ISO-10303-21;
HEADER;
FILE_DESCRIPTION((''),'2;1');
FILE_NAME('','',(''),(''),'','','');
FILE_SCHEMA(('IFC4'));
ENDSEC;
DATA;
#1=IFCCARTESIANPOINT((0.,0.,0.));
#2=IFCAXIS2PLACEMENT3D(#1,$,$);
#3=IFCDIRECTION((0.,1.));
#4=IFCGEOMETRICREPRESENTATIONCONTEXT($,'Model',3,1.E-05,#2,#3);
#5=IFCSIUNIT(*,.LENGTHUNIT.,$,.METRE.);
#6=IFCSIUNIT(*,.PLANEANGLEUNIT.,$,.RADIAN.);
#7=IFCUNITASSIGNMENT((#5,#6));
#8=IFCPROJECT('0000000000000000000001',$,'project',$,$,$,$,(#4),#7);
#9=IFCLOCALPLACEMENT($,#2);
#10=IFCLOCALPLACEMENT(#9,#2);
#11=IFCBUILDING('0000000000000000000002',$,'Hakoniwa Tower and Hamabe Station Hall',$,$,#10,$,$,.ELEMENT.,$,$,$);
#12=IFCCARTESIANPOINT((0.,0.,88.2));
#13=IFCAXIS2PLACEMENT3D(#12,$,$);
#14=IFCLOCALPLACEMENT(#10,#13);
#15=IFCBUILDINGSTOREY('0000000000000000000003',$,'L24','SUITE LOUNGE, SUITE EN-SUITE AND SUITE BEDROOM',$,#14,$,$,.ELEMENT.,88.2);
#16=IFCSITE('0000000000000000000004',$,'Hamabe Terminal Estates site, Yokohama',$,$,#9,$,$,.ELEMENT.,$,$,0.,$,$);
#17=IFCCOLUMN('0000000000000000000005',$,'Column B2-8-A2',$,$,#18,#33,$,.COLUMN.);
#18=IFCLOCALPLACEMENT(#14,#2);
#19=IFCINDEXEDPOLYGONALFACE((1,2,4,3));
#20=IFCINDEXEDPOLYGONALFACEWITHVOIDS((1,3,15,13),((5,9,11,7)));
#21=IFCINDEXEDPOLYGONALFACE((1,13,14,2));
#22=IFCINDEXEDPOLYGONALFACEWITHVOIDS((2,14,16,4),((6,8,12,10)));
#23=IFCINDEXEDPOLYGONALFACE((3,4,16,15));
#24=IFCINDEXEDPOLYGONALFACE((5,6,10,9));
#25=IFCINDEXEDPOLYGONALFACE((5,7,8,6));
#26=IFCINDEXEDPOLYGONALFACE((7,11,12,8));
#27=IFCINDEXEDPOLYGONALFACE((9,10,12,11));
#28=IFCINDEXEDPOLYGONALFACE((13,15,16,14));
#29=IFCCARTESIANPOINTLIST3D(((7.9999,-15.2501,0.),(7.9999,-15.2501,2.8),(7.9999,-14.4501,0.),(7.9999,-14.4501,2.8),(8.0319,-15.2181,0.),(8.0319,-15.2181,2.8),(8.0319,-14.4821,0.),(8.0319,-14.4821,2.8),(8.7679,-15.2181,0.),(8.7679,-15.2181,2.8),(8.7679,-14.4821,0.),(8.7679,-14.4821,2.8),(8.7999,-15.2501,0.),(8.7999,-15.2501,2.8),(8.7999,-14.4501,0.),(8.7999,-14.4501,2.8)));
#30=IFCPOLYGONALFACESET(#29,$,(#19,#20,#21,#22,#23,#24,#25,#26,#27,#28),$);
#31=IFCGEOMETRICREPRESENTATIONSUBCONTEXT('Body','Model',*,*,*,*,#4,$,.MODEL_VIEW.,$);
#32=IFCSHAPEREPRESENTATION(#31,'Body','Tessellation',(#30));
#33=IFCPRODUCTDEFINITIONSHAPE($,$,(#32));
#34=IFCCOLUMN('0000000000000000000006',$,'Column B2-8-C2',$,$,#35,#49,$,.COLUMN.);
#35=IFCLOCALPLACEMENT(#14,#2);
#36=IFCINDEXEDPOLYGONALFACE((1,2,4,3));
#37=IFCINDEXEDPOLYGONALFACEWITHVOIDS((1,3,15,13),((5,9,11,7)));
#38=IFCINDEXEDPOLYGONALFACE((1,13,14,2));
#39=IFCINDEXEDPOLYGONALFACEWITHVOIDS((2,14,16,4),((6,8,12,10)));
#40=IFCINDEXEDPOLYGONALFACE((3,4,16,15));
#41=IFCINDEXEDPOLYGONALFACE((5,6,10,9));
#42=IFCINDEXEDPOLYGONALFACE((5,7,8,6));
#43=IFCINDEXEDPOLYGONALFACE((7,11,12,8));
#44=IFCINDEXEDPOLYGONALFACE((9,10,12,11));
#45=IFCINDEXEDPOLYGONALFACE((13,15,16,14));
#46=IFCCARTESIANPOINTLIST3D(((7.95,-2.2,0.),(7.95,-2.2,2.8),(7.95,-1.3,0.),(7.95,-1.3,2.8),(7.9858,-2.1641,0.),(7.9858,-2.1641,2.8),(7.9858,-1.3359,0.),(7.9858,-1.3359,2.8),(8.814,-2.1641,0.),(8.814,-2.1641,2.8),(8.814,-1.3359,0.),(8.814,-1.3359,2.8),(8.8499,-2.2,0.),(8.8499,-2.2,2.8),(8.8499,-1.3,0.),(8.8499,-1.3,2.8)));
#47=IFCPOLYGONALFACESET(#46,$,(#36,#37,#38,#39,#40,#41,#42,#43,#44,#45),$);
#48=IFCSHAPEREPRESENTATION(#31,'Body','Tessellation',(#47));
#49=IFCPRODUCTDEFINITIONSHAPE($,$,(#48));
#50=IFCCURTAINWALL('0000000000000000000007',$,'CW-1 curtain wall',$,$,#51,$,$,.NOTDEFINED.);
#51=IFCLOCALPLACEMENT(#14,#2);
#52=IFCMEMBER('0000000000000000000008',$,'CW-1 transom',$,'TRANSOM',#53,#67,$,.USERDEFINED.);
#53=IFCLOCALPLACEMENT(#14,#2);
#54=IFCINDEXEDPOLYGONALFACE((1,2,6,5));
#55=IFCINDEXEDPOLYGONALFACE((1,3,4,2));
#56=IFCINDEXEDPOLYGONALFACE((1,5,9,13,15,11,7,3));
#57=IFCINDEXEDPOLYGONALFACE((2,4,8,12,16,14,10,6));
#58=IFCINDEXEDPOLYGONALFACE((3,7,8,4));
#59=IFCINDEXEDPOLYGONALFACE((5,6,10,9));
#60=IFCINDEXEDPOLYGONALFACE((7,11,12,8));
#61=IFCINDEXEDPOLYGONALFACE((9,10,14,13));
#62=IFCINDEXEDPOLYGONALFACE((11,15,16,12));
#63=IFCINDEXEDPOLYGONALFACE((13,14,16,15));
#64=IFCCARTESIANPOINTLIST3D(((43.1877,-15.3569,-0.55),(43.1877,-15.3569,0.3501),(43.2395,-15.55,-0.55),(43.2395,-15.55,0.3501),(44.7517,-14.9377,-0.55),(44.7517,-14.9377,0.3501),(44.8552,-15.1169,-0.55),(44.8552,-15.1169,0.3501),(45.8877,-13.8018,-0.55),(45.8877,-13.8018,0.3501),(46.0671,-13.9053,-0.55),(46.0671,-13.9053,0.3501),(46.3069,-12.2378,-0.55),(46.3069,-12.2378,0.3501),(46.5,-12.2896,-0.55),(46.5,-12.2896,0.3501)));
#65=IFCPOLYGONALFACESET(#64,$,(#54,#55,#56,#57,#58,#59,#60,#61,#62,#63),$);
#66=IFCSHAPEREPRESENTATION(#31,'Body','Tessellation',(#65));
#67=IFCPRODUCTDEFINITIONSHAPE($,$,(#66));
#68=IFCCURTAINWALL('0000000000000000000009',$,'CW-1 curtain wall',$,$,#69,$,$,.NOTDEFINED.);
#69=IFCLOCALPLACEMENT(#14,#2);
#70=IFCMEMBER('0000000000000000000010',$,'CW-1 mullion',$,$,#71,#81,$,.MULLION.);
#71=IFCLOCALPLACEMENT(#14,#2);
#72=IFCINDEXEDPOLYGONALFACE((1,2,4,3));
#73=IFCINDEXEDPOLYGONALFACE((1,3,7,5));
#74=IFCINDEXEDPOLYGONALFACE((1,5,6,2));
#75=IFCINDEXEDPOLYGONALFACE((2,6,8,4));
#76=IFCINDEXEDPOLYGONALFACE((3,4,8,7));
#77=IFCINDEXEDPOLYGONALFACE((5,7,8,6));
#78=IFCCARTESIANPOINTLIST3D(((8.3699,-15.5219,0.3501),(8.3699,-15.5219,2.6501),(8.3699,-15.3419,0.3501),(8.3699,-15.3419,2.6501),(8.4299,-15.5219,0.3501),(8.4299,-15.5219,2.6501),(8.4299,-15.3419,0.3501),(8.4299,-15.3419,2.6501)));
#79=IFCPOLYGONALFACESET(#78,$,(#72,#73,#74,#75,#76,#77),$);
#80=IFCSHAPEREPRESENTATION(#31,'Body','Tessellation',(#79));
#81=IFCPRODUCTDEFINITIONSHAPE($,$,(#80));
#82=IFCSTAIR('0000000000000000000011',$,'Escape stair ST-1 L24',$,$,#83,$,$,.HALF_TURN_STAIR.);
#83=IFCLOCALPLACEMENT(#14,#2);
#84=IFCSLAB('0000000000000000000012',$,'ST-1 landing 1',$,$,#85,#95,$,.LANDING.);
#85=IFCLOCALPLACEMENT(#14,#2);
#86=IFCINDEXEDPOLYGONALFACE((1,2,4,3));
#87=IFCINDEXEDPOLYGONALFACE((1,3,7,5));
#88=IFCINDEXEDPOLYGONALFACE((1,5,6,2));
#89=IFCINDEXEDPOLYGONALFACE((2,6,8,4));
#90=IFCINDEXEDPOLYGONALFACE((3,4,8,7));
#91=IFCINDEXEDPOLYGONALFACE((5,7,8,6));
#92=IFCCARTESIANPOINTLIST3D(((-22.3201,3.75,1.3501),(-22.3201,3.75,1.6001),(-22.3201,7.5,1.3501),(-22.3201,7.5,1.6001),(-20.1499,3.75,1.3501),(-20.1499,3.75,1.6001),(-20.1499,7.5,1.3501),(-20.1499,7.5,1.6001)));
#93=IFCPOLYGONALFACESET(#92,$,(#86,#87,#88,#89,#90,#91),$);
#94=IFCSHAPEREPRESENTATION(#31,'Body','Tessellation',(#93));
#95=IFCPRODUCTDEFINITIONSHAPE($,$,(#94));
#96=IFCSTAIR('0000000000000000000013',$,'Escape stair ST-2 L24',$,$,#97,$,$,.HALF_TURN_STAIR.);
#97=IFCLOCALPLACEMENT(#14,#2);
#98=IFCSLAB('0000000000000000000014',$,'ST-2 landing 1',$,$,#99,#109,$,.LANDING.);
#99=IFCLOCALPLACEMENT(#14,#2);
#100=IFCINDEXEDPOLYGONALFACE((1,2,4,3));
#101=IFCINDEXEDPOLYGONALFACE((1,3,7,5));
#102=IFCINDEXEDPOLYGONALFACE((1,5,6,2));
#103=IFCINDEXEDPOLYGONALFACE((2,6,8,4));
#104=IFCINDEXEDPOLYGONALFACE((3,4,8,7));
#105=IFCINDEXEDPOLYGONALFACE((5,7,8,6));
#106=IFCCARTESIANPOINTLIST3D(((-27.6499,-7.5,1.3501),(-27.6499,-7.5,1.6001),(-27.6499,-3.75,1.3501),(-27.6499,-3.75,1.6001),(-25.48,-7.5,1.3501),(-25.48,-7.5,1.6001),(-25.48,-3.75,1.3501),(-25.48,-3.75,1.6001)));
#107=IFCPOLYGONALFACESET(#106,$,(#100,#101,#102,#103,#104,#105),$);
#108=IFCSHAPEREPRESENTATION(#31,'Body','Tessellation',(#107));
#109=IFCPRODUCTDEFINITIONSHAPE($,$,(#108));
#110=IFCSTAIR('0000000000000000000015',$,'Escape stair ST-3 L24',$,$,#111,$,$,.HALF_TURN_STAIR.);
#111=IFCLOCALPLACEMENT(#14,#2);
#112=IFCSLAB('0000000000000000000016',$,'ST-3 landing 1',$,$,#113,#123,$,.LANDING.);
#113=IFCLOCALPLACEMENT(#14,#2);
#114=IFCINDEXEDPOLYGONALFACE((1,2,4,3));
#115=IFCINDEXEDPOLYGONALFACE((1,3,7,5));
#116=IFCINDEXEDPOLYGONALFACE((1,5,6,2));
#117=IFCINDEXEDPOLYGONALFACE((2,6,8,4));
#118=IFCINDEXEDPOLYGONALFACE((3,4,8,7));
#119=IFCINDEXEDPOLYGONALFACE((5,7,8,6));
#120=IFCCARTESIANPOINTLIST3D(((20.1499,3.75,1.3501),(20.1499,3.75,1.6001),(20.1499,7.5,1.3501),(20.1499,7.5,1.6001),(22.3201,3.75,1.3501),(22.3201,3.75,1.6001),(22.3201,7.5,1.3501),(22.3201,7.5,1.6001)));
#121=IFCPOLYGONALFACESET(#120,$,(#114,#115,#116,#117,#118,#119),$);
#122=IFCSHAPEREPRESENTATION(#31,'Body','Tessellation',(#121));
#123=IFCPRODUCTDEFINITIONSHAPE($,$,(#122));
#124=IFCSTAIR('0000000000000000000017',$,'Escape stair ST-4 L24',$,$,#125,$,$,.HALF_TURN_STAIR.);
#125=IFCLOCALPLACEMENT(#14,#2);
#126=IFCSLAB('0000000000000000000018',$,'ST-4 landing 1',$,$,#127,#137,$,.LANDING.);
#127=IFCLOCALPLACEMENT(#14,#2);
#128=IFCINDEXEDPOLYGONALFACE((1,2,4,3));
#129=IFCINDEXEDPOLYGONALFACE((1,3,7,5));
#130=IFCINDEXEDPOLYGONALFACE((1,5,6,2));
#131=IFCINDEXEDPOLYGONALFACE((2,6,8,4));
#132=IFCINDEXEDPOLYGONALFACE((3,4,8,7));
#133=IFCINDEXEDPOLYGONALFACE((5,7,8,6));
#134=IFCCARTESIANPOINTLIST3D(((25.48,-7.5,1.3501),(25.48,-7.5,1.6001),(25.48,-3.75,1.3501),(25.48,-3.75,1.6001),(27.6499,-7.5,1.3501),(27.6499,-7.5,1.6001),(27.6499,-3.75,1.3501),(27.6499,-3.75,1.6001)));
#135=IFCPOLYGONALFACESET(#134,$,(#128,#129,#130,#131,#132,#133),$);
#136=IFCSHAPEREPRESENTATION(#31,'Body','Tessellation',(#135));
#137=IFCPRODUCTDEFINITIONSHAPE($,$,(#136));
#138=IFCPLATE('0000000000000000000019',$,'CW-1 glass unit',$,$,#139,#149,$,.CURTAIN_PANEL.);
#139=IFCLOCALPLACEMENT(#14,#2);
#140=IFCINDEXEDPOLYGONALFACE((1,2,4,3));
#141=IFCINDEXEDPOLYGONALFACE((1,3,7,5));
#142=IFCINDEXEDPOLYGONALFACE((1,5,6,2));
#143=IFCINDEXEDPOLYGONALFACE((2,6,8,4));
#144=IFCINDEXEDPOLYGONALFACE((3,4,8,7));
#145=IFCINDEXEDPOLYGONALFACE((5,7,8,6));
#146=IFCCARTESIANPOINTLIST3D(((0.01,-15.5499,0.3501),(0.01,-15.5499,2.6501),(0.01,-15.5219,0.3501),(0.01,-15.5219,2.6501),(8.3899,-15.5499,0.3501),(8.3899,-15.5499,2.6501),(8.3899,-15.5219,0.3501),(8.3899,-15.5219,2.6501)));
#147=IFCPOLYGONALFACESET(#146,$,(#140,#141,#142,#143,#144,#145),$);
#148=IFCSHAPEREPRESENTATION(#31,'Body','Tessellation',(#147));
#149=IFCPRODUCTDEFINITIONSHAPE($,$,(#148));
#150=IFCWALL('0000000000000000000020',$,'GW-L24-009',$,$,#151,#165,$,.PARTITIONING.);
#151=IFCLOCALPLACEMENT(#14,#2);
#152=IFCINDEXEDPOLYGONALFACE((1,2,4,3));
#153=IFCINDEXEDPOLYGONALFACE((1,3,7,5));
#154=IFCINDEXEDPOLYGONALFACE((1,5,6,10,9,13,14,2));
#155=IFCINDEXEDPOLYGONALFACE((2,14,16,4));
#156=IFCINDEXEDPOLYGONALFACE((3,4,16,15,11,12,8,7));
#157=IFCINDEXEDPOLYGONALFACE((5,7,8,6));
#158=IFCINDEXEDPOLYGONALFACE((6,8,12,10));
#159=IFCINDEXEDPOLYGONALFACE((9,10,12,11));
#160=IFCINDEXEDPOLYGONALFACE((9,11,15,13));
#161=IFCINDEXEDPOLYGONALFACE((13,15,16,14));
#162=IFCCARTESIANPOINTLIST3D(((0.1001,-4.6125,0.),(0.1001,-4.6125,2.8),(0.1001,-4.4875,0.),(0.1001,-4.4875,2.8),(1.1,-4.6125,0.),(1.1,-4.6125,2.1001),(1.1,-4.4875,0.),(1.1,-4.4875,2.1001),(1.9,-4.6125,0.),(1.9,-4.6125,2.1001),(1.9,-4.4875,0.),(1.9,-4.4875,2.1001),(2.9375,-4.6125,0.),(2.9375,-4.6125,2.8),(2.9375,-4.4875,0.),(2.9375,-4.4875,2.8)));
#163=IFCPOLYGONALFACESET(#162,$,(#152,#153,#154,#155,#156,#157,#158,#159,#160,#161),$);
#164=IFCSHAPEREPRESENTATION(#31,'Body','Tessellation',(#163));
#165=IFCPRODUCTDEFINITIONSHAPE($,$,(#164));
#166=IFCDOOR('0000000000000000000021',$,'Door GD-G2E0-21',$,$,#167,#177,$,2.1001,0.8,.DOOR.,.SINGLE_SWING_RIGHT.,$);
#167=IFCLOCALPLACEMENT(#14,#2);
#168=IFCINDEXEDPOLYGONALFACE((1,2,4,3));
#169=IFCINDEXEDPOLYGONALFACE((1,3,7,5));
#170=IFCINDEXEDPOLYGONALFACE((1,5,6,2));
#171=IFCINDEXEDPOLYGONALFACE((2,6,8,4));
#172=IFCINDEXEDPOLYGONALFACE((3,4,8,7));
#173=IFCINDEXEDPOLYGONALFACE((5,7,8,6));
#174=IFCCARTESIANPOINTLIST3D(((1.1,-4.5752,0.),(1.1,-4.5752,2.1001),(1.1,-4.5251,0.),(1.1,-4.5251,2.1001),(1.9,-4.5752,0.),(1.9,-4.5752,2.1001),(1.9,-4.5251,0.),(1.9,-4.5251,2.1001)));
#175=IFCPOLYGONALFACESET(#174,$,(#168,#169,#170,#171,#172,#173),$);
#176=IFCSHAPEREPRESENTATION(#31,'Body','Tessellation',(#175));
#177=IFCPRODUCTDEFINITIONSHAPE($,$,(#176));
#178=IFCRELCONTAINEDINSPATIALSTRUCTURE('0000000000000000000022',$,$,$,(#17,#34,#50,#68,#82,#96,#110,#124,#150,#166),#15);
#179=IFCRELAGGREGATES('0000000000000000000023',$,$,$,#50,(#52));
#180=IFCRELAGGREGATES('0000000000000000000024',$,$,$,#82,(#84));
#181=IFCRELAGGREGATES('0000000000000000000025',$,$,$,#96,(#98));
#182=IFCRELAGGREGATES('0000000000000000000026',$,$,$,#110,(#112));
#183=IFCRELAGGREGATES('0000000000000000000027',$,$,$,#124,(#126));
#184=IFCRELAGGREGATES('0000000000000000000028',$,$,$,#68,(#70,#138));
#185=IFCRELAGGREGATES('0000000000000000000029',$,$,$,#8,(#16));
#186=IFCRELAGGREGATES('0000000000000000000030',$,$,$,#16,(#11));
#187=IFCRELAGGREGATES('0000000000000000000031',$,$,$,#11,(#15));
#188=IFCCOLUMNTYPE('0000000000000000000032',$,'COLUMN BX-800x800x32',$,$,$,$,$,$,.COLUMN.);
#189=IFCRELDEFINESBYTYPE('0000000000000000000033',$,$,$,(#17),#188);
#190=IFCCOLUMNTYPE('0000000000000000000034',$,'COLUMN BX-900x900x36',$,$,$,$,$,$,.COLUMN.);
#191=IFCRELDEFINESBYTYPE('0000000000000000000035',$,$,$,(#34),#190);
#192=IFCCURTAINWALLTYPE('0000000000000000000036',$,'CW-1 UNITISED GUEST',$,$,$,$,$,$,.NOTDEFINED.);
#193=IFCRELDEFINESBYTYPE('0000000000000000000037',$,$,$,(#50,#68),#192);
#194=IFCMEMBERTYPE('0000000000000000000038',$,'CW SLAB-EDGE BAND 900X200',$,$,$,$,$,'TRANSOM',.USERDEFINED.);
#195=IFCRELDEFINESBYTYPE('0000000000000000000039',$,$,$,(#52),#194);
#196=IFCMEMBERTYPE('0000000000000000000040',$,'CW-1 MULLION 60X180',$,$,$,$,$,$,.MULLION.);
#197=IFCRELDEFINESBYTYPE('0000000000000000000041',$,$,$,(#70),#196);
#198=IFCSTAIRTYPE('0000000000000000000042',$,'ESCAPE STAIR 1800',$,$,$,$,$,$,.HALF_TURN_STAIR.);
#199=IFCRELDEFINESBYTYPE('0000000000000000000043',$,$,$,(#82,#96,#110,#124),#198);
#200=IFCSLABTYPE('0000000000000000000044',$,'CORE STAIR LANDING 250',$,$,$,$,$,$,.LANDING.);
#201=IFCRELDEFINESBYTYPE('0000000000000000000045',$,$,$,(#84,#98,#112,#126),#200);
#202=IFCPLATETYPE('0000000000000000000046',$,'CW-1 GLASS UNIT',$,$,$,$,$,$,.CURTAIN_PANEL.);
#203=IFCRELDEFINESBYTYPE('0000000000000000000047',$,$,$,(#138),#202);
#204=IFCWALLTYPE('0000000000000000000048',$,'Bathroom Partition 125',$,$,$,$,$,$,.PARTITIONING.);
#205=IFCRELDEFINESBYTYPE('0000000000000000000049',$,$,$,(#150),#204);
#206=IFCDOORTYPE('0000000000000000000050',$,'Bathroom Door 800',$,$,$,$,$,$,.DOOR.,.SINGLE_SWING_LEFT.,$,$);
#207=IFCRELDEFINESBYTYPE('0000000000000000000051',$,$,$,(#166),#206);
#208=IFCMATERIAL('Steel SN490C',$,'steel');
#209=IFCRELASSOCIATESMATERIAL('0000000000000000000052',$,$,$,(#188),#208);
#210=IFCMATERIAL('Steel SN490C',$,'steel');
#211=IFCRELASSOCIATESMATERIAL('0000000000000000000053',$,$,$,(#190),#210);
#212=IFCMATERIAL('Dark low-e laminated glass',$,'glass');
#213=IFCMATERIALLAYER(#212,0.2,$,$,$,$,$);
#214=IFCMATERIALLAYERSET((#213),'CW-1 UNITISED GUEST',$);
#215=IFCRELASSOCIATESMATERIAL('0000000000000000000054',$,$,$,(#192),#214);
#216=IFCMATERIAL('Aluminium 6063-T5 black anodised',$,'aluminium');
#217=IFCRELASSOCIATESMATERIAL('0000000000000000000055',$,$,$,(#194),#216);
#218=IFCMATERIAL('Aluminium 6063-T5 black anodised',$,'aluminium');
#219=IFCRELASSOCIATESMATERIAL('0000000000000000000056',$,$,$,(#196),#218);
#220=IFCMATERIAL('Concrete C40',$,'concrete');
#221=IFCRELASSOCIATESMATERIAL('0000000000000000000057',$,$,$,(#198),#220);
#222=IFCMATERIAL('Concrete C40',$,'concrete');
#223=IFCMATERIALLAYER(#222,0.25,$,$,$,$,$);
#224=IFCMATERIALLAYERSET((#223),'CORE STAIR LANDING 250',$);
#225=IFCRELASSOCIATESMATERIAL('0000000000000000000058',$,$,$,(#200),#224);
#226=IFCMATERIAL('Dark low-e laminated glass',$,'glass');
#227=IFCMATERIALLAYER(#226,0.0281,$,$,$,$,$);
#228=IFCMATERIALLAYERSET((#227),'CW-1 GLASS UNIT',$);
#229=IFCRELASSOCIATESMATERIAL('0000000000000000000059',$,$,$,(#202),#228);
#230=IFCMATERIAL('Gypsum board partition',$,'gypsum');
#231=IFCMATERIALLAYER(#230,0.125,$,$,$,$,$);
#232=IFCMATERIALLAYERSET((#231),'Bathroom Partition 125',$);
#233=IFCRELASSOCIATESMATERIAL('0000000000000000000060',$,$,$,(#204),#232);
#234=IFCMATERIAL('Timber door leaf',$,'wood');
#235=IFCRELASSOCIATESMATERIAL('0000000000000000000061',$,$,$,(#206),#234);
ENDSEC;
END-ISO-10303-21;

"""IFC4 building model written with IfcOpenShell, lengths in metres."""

from ifc_helpers import new_model, si_unit, direction, frame, frame_2d, origin, origin_2d, place, context, subcontext, project, spatial, polyline, rectangle, hollow_rectangle, outline, extrude, material, layer, layer_set, material_profile, profile_set, type_object, element, fill, aggregate, save


model = new_model("IFC4")

# Units and contexts
model_context = context("Model", 3, precision=1e-05, world=origin(), true_north=direction((0.0, 1.0)))
body_context = subcontext(model_context, "Body", "Model", "MODEL_VIEW")
ifc_project = project(units=[si_unit("LENGTHUNIT", "METRE"), si_unit("PLANEANGLEUNIT", "RADIAN")], contexts=[model_context])

# Site, building, storey
site_placement = place(None, origin())
site = spatial("IfcSite", under=ifc_project, at=site_placement, Name="Hamabe Terminal Estates site, Yokohama", CompositionType="ELEMENT", RefElevation=0.0)
building_placement = place(site_placement, origin())
building = spatial("IfcBuilding", under=site, at=building_placement, Name="Hakoniwa Tower and Hamabe Station Hall", CompositionType="ELEMENT")
storey_placement = place(building_placement, frame((0.0, 0.0, 88.2)))
storey = spatial("IfcBuildingStorey", under=building, at=storey_placement, Name="L24", Description="SUITE LOUNGE, SUITE EN-SUITE AND SUITE BEDROOM", CompositionType="ELEMENT", Elevation=88.2)

# Columns
ifc_material_1 = material(Name="Steel SN490C", Category="steel")
ifc_material_profile_1 = material_profile(ifc_material_1, hollow_rectangle(XDim=0.8, YDim=0.8, WallThickness=0.032, at=origin_2d()), Name="BX-800x800x32")
ifc_profile_set_1 = profile_set([ifc_material_profile_1], Name="Steel SN490C")
column_type_1 = type_object("IfcColumnType", Name="COLUMN BX-800x800x32", PredefinedType="COLUMN", material=ifc_profile_set_1)
column_1_placement = place(storey_placement, frame((8.3999, -14.8501, 0.0), z_axis=(0.0, 0.0, 1.0), x_axis=(1.0, 0.0, 0.0)))
element("IfcColumn", 1, at=column_1_placement, inside=storey, type_object=column_type_1, Name="Column B2-8-A2", PredefinedType="COLUMN", context=body_context, shape_type="SweptSolid", body=[
    extrude(hollow_rectangle(XDim=0.8, YDim=0.8, WallThickness=0.032, at=origin_2d()), origin(), (0.0, 0.0, 1.0), 2.8),
])
ifc_material_2 = material(Name="Steel SN490C", Category="steel")
ifc_material_profile_2 = material_profile(ifc_material_2, hollow_rectangle(XDim=0.8999, YDim=0.8999, WallThickness=0.0359, at=origin_2d()), Name="BX-900x900x36")
ifc_profile_set_2 = profile_set([ifc_material_profile_2], Name="Steel SN490C")
column_type_2 = type_object("IfcColumnType", Name="COLUMN BX-900x900x36", PredefinedType="COLUMN", material=ifc_profile_set_2)
column_2_placement = place(storey_placement, frame((8.3999, -1.75, 0.0), z_axis=(0.0, 0.0, 1.0), x_axis=(1.0, 0.0, 0.0)))
element("IfcColumn", 2, at=column_2_placement, inside=storey, type_object=column_type_2, Name="Column B2-8-C2", PredefinedType="COLUMN", context=body_context, shape_type="SweptSolid", body=[
    extrude(hollow_rectangle(XDim=0.8999, YDim=0.8999, WallThickness=0.0359, at=origin_2d()), origin(), (0.0, 0.0, 1.0), 2.8),
])

# Curtain walls, members
ifc_material_3 = material(Name="Dark low-e laminated glass", Category="glass")
ifc_layer_1 = layer(ifc_material_3, 0.2)
ifc_layer_set_1 = layer_set([ifc_layer_1], Name="CW-1 UNITISED GUEST")
curtain_wall_type = type_object("IfcCurtainWallType", Name="CW-1 UNITISED GUEST", PredefinedType="NOTDEFINED", material=ifc_layer_set_1)
curtain_wall_1_placement = place(storey_placement, origin())
curtain_wall_1 = element("IfcCurtainWall", 3, at=curtain_wall_1_placement, inside=storey, type_object=curtain_wall_type, Name="CW-1 curtain wall", PredefinedType="NOTDEFINED")
ifc_material_4 = material(Name="Aluminium 6063-T5 black anodised", Category="aluminium")
ifc_material_profile_3 = material_profile(ifc_material_4, rectangle(XDim=0.2, YDim=0.8999, at=origin_2d()), Name="CW SLAB-EDGE BAND 900X200")
ifc_profile_set_3 = profile_set([ifc_material_profile_3], Name="Aluminium 6063-T5 black anodised")
member_type_1 = type_object("IfcMemberType", Name="CW SLAB-EDGE BAND 900X200", ElementType="TRANSOM", PredefinedType="USERDEFINED", material=ifc_profile_set_3)
member_1_placement = place(storey_placement, frame((0.0, 0.0, -0.55)))
member_1 = element("IfcMember", 4, at=member_1_placement, type_object=member_type_1, Name="CW-1 transom", ObjectType="TRANSOM", PredefinedType="USERDEFINED", context=body_context, shape_type="SweptSolid", body=[
    extrude(outline(polyline([(43.2395, -15.55), (44.8552, -15.1169), (46.0671, -13.9053), (46.5, -12.2896), (46.3069, -12.2378), (45.8877, -13.8018), (44.7517, -14.9377), (43.1877, -15.3569), (43.2395, -15.55)])), origin(), (0.0, 0.0, 1.0), 0.9001),
])
aggregate(curtain_wall_1, [member_1])
curtain_wall_2_placement = place(storey_placement, origin())
curtain_wall_2 = element("IfcCurtainWall", 5, at=curtain_wall_2_placement, inside=storey, type_object=curtain_wall_type, Name="CW-1 curtain wall", PredefinedType="NOTDEFINED")
ifc_material_5 = material(Name="Aluminium 6063-T5 black anodised", Category="aluminium")
ifc_material_profile_4 = material_profile(ifc_material_5, rectangle(XDim=0.0601, YDim=0.1799, at=origin_2d()), Name="CW-1 MULLION 60X180")
ifc_profile_set_4 = profile_set([ifc_material_profile_4], Name="Aluminium 6063-T5 black anodised")
member_type_2 = type_object("IfcMemberType", Name="CW-1 MULLION 60X180", PredefinedType="MULLION", material=ifc_profile_set_4)
member_2_placement = place(storey_placement, frame((8.3999, -15.4319, 0.3501), z_axis=(0.0, 0.0, 1.0), x_axis=(1.0, 0.0, 0.0)))
member_2 = element("IfcMember", 6, at=member_2_placement, type_object=member_type_2, Name="CW-1 mullion", PredefinedType="MULLION", context=body_context, shape_type="SweptSolid", body=[
    extrude(rectangle(XDim=0.0601, YDim=0.1799, at=origin_2d()), origin(), (0.0, 0.0, 1.0), 2.3),
])

# Stairs, slabs
ifc_material_6 = material(Name="Concrete C40", Category="concrete")
stair_type = type_object("IfcStairType", Name="ESCAPE STAIR 1800", PredefinedType="HALF_TURN_STAIR", material=ifc_material_6)
stair_1_placement = place(storey_placement, origin())
stair_1 = element("IfcStair", 7, at=stair_1_placement, inside=storey, type_object=stair_type, Name="Escape stair ST-1 L24", PredefinedType="HALF_TURN_STAIR")
ifc_material_7 = material(Name="Concrete C40", Category="concrete")
ifc_layer_2 = layer(ifc_material_7, 0.25)
ifc_layer_set_2 = layer_set([ifc_layer_2], Name="CORE STAIR LANDING 250")
slab_type = type_object("IfcSlabType", Name="CORE STAIR LANDING 250", PredefinedType="LANDING", material=ifc_layer_set_2)
slab_1_placement = place(storey_placement, frame((0.0, 0.0, 1.3501)))
slab_1 = element("IfcSlab", 8, at=slab_1_placement, type_object=slab_type, Name="ST-1 landing 1", PredefinedType="LANDING", context=body_context, shape_type="SweptSolid", body=[
    extrude(outline(polyline([(-22.3201, 3.75), (-20.1499, 3.75), (-20.1499, 7.5), (-22.3201, 7.5), (-22.3201, 3.75)])), origin(), (0.0, 0.0, 1.0), 0.25),
])
aggregate(stair_1, [slab_1])
stair_2_placement = place(storey_placement, origin())
stair_2 = element("IfcStair", 9, at=stair_2_placement, inside=storey, type_object=stair_type, Name="Escape stair ST-2 L24", PredefinedType="HALF_TURN_STAIR")
slab_2_placement = place(storey_placement, frame((0.0, 0.0, 1.3501)))
slab_2 = element("IfcSlab", 10, at=slab_2_placement, type_object=slab_type, Name="ST-2 landing 1", PredefinedType="LANDING", context=body_context, shape_type="SweptSolid", body=[
    extrude(outline(polyline([(-25.48, -7.5), (-27.6499, -7.5), (-27.6499, -3.75), (-25.48, -3.75), (-25.48, -7.5)])), origin(), (0.0, 0.0, 1.0), 0.25),
])
aggregate(stair_2, [slab_2])
stair_3_placement = place(storey_placement, origin())
stair_3 = element("IfcStair", 11, at=stair_3_placement, inside=storey, type_object=stair_type, Name="Escape stair ST-3 L24", PredefinedType="HALF_TURN_STAIR")
slab_3_placement = place(storey_placement, frame((0.0, 0.0, 1.3501)))
slab_3 = element("IfcSlab", 12, at=slab_3_placement, type_object=slab_type, Name="ST-3 landing 1", PredefinedType="LANDING", context=body_context, shape_type="SweptSolid", body=[
    extrude(outline(polyline([(22.3201, 3.75), (20.1499, 3.75), (20.1499, 7.5), (22.3201, 7.5), (22.3201, 3.75)])), origin(), (0.0, 0.0, 1.0), 0.25),
])
aggregate(stair_3, [slab_3])
stair_4_placement = place(storey_placement, origin())
stair_4 = element("IfcStair", 13, at=stair_4_placement, inside=storey, type_object=stair_type, Name="Escape stair ST-4 L24", PredefinedType="HALF_TURN_STAIR")
slab_4_placement = place(storey_placement, frame((0.0, 0.0, 1.3501)))
slab_4 = element("IfcSlab", 14, at=slab_4_placement, type_object=slab_type, Name="ST-4 landing 1", PredefinedType="LANDING", context=body_context, shape_type="SweptSolid", body=[
    extrude(outline(polyline([(25.48, -7.5), (27.6499, -7.5), (27.6499, -3.75), (25.48, -3.75), (25.48, -7.5)])), origin(), (0.0, 0.0, 1.0), 0.25),
])
aggregate(stair_4, [slab_4])

# Plate
ifc_material_8 = material(Name="Dark low-e laminated glass", Category="glass")
ifc_layer_3 = layer(ifc_material_8, 0.0281)
ifc_layer_set_3 = layer_set([ifc_layer_3], Name="CW-1 GLASS UNIT")
plate_type = type_object("IfcPlateType", Name="CW-1 GLASS UNIT", PredefinedType="CURTAIN_PANEL", material=ifc_layer_set_3)
plate_placement = place(storey_placement, frame((4.2, -15.5359, 0.3501), z_axis=(0.0, 0.0, 1.0), x_axis=(1.0, 0.0, 0.0)))
plate = element("IfcPlate", 15, at=plate_placement, type_object=plate_type, Name="CW-1 glass unit", PredefinedType="CURTAIN_PANEL", context=body_context, shape_type="SweptSolid", body=[
    extrude(rectangle(XDim=8.3799, YDim=0.0281, at=origin_2d()), origin(), (0.0, 0.0, 1.0), 2.3),
])
aggregate(curtain_wall_2, [member_2, plate])

# Wall, opening, door
ifc_material_9 = material(Name="Gypsum board partition", Category="gypsum")
ifc_layer_4 = layer(ifc_material_9, 0.125)
ifc_layer_set_4 = layer_set([ifc_layer_4], Name="Bathroom Partition 125")
wall_type_1 = type_object("IfcWallType", Name="Bathroom Partition 125", PredefinedType="PARTITIONING", material=ifc_layer_set_4)
wall_1_placement = place(storey_placement, frame((0.1001, -4.55, 0.0), z_axis=(0.0, 0.0, 1.0), x_axis=(1.0, 0.0, 0.0)))
wall_1 = element("IfcWall", 16, at=wall_1_placement, inside=storey, type_object=wall_type_1, Name="GW-L24-009", PredefinedType="PARTITIONING", context=body_context, shape_type="SweptSolid", body=[
    extrude(rectangle(XDim=2.8374, YDim=0.125, at=frame_2d((1.4187, 0.0))), origin(), (0.0, 0.0, 1.0), 2.8),
])
opening_1_placement = place(wall_1_placement, frame((1.0, 0.0, 0.0)))
opening_1 = element("IfcOpeningElement", 17, at=opening_1_placement, cuts=wall_1, PredefinedType="OPENING", context=body_context, shape_type="SweptSolid", body=[
    extrude(rectangle(XDim=0.8, YDim=2.1001, at=frame_2d((0.3999, 1.05))), frame((0.0, 0.0725, 0.0), z_axis=(0.0, -1.0, 0.0), x_axis=(1.0, 0.0, 0.0)), (0.0, 0.0, 1.0), 0.145),
])
ifc_material_10 = material(Name="Timber door leaf", Category="wood")
door_type_1 = type_object("IfcDoorType", Name="Bathroom Door 800", OperationType="SINGLE_SWING_LEFT", PredefinedType="DOOR", material=ifc_material_10)
door_1_placement = place(opening_1_placement, origin())
door_1 = element("IfcDoor", 18, at=door_1_placement, inside=storey, type_object=door_type_1, Name="Door GD-G2E0-21", OperationType="SINGLE_SWING_RIGHT", OverallHeight=2.1001, OverallWidth=0.8, PredefinedType="DOOR", context=body_context, shape_type="SweptSolid", body=[
    extrude(rectangle(XDim=0.8, YDim=2.1001, at=frame_2d((0.3999, 1.05))), frame((0.0, 0.0249, 0.0), z_axis=(0.0, -1.0, 0.0), x_axis=(1.0, 0.0, 0.0)), (0.0, 0.0, 1.0), 0.05),
])
fill(opening_1, door_1)

save(model, "model.ifc")
